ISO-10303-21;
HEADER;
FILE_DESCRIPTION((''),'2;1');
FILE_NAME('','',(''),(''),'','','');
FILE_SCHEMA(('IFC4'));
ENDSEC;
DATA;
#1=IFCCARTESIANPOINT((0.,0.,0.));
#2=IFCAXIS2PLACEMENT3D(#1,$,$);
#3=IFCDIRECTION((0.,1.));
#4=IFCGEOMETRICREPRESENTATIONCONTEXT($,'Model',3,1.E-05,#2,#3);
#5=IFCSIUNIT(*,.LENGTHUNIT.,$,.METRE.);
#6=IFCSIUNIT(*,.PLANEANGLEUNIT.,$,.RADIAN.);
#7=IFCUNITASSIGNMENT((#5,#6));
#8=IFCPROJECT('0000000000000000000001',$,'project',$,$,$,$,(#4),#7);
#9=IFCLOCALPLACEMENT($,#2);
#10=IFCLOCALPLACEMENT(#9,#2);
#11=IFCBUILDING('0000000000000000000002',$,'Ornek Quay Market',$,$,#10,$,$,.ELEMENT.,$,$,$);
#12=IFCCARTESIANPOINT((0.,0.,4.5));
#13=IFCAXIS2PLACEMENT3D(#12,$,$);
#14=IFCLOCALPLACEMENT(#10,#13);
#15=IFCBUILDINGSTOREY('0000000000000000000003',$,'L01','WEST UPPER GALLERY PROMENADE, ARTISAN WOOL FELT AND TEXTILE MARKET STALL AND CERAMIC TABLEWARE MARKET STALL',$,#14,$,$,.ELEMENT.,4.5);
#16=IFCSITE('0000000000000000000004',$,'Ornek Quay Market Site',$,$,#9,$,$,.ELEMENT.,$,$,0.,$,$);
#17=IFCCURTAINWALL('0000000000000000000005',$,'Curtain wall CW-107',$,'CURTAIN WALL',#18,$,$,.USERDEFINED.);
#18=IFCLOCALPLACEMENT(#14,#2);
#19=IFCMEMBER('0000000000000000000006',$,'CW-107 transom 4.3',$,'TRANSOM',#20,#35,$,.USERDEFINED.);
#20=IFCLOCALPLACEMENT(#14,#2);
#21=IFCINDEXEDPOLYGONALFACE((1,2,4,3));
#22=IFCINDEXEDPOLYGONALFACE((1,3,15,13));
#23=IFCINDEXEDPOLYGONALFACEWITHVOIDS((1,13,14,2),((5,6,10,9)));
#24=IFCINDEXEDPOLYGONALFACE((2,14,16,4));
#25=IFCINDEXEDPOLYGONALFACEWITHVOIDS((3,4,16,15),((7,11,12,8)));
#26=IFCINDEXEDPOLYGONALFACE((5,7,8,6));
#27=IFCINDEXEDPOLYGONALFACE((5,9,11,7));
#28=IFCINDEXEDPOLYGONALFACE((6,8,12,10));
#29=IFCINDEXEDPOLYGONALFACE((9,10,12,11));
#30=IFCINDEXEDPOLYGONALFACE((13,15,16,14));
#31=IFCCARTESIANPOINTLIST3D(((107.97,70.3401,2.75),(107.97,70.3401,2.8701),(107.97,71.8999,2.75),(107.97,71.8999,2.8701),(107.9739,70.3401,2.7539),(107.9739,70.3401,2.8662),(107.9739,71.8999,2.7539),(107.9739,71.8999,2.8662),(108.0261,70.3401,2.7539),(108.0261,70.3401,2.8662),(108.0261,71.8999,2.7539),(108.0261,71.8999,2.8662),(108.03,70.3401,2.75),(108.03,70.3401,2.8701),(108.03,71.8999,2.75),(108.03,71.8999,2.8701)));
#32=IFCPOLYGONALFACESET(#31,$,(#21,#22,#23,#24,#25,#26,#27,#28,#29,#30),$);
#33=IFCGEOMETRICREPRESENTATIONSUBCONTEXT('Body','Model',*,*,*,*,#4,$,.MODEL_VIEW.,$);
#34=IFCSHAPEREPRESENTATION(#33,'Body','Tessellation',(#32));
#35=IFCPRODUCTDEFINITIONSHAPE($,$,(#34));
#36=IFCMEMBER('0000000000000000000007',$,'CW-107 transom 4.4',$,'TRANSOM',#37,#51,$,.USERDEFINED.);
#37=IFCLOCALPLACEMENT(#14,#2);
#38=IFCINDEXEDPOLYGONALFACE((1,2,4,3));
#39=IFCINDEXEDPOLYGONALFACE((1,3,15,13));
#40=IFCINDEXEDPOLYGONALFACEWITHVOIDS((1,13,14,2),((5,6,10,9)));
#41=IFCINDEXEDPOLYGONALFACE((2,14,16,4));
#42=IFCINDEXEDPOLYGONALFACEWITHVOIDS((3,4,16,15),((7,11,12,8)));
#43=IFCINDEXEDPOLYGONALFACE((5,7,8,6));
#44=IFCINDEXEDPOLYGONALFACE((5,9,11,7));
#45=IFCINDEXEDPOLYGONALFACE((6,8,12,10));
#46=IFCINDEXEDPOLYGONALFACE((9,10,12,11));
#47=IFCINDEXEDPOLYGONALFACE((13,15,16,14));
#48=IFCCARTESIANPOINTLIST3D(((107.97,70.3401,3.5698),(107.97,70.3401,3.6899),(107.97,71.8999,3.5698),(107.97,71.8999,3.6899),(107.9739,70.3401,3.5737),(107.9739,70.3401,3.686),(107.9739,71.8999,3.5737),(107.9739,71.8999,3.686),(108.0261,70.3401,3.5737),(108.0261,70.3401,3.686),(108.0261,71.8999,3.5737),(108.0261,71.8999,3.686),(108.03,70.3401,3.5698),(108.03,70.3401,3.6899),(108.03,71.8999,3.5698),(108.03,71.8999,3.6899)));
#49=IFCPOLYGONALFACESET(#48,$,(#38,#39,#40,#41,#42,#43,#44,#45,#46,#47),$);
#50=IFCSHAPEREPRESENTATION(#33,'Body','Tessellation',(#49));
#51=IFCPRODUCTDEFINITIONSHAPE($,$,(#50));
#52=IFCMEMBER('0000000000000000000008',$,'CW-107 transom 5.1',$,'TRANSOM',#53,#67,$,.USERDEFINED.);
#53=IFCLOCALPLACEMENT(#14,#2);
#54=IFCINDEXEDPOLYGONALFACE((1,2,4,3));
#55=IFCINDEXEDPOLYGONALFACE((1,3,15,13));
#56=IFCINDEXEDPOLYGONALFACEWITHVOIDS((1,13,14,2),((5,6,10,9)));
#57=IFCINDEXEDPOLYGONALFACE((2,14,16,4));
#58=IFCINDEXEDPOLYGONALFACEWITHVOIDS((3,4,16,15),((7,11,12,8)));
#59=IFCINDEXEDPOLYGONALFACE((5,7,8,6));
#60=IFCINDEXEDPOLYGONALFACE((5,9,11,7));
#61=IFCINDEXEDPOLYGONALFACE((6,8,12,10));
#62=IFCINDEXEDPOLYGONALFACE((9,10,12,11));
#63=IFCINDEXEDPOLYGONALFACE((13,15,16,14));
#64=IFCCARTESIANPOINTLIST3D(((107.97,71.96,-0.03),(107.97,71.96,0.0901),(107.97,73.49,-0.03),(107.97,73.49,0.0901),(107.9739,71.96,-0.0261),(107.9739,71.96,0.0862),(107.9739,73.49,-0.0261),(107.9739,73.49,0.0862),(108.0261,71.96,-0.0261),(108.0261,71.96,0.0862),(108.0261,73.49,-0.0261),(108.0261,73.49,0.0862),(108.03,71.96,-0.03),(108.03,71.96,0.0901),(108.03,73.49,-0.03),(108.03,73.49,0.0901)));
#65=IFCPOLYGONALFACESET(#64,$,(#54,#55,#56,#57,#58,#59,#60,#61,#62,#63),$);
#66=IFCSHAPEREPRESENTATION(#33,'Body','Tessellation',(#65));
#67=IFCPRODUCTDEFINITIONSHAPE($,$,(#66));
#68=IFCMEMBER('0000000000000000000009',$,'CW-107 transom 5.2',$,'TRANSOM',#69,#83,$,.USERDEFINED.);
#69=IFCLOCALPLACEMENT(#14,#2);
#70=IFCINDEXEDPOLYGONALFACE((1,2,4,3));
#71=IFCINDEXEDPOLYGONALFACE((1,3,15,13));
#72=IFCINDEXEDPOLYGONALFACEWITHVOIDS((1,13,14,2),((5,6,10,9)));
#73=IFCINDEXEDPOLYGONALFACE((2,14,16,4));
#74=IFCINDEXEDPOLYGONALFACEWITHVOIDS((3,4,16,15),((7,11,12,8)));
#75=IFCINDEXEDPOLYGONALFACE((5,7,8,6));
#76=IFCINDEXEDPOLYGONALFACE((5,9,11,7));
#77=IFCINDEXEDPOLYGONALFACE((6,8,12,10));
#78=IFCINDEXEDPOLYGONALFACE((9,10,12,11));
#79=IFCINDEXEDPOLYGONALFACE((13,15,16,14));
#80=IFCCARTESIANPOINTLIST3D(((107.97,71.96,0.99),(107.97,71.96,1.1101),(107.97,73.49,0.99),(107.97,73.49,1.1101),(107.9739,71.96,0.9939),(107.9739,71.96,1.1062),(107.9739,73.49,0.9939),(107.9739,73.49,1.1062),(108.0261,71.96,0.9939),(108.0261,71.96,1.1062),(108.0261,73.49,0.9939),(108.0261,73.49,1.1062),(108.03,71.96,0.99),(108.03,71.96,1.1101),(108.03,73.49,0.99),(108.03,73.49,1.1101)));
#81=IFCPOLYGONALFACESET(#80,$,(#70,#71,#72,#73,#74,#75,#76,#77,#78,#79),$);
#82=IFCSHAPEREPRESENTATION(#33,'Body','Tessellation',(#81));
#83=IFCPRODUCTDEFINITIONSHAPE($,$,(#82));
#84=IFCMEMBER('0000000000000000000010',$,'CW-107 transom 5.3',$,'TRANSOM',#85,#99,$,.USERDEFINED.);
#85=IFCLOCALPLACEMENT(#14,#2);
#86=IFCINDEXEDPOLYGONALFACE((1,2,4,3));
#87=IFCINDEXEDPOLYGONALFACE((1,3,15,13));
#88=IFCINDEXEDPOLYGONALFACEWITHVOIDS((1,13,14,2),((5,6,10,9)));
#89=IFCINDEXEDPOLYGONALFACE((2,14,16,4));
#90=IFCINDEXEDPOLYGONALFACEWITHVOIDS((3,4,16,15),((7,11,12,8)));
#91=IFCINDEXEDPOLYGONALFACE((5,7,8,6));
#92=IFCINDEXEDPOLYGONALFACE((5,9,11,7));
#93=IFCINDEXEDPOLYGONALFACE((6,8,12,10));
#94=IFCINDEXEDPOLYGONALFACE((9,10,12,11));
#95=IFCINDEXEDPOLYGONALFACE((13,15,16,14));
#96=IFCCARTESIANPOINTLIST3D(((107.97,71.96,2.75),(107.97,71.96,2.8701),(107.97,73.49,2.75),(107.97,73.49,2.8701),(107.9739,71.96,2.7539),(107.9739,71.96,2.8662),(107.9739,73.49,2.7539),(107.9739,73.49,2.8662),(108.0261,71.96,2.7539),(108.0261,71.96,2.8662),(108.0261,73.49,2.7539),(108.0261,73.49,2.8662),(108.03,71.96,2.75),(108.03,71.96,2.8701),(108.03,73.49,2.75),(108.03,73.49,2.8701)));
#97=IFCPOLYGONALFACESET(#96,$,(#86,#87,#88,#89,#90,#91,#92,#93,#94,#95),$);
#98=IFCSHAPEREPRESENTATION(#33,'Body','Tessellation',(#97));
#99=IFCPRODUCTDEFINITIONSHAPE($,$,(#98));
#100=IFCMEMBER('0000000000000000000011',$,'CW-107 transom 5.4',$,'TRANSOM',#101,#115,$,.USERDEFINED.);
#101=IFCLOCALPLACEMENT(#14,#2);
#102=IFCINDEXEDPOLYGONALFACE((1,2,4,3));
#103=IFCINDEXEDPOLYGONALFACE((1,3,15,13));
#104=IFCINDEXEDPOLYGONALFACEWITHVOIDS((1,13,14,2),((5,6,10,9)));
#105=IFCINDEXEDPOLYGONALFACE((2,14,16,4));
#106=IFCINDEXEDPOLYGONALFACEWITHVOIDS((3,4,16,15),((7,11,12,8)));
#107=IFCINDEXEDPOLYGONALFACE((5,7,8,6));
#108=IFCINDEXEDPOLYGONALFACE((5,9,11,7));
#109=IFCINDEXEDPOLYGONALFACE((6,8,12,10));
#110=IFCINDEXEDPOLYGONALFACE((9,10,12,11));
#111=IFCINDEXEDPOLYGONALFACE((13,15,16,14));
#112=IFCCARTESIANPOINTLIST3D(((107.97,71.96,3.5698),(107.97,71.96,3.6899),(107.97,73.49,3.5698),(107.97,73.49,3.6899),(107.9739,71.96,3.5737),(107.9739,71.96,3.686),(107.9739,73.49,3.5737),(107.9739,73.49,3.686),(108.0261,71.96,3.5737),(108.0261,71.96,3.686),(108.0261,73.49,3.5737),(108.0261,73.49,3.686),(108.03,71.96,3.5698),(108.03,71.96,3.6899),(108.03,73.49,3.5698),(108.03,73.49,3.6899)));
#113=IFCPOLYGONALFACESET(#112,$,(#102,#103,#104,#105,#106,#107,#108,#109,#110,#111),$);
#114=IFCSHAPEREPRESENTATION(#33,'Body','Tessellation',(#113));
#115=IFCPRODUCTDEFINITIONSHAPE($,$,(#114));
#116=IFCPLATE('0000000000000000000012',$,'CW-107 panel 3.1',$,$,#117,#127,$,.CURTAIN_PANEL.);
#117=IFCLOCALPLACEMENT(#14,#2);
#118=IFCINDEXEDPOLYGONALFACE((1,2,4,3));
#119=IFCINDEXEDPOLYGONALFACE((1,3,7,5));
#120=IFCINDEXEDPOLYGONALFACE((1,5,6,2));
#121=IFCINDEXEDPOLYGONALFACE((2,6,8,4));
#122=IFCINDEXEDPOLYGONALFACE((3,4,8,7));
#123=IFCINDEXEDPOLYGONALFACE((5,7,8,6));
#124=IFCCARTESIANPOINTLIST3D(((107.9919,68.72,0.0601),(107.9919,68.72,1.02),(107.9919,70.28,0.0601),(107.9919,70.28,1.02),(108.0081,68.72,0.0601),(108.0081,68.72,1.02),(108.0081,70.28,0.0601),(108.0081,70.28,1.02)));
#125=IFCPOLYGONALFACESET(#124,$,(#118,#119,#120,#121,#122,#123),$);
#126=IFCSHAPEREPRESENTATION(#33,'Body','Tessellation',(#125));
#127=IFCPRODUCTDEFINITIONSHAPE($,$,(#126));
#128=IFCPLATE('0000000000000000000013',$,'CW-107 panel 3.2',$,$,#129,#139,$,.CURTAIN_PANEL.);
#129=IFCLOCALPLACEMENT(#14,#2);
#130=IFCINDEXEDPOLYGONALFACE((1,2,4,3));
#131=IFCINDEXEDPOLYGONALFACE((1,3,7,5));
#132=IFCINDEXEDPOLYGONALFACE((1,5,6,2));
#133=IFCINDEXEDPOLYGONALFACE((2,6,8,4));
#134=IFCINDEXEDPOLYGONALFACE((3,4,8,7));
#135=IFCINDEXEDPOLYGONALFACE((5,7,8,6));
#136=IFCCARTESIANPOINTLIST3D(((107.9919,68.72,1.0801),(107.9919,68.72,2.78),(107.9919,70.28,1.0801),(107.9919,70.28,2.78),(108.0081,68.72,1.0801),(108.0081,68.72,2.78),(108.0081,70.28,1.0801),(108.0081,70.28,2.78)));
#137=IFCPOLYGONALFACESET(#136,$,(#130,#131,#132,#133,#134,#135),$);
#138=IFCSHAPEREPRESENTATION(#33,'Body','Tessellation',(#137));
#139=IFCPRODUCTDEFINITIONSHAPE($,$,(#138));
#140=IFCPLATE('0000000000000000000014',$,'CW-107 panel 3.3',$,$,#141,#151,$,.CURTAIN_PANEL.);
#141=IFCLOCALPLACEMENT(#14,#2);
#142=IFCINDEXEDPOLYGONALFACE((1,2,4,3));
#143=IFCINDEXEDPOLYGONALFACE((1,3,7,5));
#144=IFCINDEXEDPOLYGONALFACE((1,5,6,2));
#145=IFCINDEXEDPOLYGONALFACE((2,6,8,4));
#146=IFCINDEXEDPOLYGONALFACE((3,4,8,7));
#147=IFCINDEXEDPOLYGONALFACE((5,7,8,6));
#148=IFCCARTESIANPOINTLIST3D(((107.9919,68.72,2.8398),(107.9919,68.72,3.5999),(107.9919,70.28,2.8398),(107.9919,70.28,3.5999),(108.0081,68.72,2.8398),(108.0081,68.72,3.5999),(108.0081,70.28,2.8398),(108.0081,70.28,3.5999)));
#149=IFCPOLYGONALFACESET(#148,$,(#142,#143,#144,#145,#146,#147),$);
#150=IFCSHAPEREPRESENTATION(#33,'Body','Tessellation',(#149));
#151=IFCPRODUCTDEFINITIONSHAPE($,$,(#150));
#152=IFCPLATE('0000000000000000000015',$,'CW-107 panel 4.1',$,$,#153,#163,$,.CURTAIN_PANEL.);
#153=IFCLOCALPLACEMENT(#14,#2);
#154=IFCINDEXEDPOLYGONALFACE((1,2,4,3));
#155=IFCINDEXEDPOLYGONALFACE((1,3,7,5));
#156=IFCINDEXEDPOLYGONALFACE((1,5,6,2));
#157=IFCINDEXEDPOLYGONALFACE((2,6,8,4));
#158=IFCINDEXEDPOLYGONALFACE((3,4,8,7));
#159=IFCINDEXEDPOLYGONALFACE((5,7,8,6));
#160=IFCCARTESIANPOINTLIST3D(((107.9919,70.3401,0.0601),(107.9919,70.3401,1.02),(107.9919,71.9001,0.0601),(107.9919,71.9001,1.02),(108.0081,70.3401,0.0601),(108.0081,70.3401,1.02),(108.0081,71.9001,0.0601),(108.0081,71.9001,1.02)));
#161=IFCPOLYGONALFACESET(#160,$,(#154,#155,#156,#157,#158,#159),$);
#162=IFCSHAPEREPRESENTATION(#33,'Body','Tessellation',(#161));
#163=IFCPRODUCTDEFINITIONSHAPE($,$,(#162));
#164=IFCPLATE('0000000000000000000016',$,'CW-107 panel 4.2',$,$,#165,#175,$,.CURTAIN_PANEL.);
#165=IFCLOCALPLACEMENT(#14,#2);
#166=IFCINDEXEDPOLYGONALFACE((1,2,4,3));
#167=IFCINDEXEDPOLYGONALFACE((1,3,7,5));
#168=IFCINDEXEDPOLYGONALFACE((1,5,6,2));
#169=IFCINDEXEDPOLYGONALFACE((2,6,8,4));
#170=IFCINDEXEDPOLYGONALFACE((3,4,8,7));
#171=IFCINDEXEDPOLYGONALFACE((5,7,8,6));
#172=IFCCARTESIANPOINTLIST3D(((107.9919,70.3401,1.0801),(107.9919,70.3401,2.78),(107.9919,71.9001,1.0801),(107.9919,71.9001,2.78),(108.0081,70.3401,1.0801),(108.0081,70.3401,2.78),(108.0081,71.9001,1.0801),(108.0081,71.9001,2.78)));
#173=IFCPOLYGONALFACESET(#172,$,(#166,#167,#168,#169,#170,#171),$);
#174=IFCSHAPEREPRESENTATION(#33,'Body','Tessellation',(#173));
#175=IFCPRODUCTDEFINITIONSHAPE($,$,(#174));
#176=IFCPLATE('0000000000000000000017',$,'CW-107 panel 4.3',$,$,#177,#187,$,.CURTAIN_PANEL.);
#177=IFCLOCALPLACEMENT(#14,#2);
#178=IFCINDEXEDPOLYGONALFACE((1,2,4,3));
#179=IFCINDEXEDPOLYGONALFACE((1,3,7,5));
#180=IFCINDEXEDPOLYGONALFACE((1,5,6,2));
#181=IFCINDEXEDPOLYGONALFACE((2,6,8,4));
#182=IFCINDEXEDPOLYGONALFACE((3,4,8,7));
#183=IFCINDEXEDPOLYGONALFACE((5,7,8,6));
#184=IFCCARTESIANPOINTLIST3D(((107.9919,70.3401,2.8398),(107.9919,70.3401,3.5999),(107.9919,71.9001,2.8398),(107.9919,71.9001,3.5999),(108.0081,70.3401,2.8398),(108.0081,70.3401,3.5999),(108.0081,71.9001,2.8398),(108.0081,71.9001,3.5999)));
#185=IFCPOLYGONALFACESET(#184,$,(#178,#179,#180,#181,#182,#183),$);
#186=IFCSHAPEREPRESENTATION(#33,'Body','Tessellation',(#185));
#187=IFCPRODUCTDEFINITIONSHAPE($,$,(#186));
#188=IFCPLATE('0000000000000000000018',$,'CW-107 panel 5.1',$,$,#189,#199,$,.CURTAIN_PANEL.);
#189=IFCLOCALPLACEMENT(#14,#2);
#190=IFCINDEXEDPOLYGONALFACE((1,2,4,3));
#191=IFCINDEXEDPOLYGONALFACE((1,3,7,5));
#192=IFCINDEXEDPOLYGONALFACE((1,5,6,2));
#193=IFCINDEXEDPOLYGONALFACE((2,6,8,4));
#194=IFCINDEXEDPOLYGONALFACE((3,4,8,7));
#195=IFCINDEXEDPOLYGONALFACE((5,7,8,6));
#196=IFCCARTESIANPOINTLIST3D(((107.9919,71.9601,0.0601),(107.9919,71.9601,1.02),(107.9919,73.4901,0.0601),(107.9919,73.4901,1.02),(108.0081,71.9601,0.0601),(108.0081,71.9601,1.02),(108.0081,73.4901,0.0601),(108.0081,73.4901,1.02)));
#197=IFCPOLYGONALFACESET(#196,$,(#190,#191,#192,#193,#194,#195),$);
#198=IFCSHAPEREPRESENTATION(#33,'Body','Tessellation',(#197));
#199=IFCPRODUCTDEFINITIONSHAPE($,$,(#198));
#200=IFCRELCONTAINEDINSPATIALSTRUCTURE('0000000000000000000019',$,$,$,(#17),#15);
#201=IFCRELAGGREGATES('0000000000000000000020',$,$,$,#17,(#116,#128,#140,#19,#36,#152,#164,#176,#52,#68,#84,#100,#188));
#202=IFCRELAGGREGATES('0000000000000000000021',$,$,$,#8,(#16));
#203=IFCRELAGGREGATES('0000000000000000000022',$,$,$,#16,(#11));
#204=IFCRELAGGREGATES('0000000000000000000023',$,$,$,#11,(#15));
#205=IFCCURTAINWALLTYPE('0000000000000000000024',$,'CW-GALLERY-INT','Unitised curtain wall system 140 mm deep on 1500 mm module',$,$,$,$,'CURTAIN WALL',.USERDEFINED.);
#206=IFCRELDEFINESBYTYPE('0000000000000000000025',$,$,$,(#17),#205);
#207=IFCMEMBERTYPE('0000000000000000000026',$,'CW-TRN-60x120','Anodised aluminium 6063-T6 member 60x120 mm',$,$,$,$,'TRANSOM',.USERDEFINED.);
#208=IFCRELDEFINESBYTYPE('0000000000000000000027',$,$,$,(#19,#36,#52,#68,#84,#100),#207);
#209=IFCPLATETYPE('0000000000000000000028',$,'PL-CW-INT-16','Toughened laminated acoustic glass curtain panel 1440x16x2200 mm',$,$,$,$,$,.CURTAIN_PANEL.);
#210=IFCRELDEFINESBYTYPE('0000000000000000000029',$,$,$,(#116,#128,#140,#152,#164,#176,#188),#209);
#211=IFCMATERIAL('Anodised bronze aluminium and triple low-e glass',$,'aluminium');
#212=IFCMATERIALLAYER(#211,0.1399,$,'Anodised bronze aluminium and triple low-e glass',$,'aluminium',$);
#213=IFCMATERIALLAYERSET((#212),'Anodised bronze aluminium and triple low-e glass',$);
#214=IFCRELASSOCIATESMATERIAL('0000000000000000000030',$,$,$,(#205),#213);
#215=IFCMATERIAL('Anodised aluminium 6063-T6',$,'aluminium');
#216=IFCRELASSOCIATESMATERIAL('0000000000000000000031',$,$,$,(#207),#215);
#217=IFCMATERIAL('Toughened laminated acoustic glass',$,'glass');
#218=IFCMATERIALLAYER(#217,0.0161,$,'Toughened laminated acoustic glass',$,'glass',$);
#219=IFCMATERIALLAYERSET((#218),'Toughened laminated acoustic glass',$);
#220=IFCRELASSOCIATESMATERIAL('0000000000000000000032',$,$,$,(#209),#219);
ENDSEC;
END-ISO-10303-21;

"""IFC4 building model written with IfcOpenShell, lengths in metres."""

from ifc_helpers import new_model, si_unit, direction, frame, origin, origin_2d, place, context, subcontext, project, spatial, rectangle, hollow_rectangle, extrude, material, layer, layer_set, material_profile, profile_set, type_object, element, aggregate, save


model = new_model("IFC4")

# Units and contexts
model_context = context("Model", 3, precision=1e-05, world=origin(), true_north=direction((0.0, 1.0)))
body_context = subcontext(model_context, "Body", "Model", "MODEL_VIEW")
ifc_project = project(units=[si_unit("LENGTHUNIT", "METRE"), si_unit("PLANEANGLEUNIT", "RADIAN")], contexts=[model_context])

# Site, building, storey
site_placement = place(None, origin())
site = spatial("IfcSite", under=ifc_project, at=site_placement, Name="Ornek Quay Market Site", CompositionType="ELEMENT", RefElevation=0.0)
building_placement = place(site_placement, origin())
building = spatial("IfcBuilding", under=site, at=building_placement, Name="Ornek Quay Market", CompositionType="ELEMENT")
storey_placement = place(building_placement, frame((0.0, 0.0, 4.5)))
storey = spatial("IfcBuildingStorey", under=building, at=storey_placement, Name="L01", Description="WEST UPPER GALLERY PROMENADE, ARTISAN WOOL FELT AND TEXTILE MARKET STALL AND CERAMIC TABLEWARE MARKET STALL", CompositionType="ELEMENT", Elevation=4.5)

# Curtain wall, members, plates
ifc_material_1 = material(Name="Anodised bronze aluminium and triple low-e glass", Category="aluminium")
ifc_layer_1 = layer(ifc_material_1, 0.1399, Name="Anodised bronze aluminium and triple low-e glass", Category="aluminium")
ifc_layer_set_1 = layer_set([ifc_layer_1], Name="Anodised bronze aluminium and triple low-e glass")
curtain_wall_type = type_object("IfcCurtainWallType", Name="CW-GALLERY-INT", Description="Unitised curtain wall system 140 mm deep on 1500 mm module", ElementType="CURTAIN WALL", PredefinedType="USERDEFINED", material=ifc_layer_set_1)
curtain_wall_placement = place(storey_placement, origin())
curtain_wall = element("IfcCurtainWall", 1, at=curtain_wall_placement, inside=storey, type_object=curtain_wall_type, Name="Curtain wall CW-107", ObjectType="CURTAIN WALL", PredefinedType="USERDEFINED")
ifc_material_2 = material(Name="Anodised aluminium 6063-T6", Category="aluminium")
ifc_material_profile_1 = material_profile(ifc_material_2, hollow_rectangle(XDim=0.0601, YDim=0.1201, WallThickness=0.0039, at=origin_2d()), Name="CW-TRN-60x120", Category="aluminium")
ifc_profile_set_1 = profile_set([ifc_material_profile_1], Name="Anodised aluminium 6063-T6")
member_type_1 = type_object("IfcMemberType", Name="CW-TRN-60x120", Description="Anodised aluminium 6063-T6 member 60x120 mm", ElementType="TRANSOM", PredefinedType="USERDEFINED", material=ifc_profile_set_1)
member_1_placement = place(storey_placement, frame((108.0, 70.3401, 2.8101), z_axis=(0.0, 1.0, 0.0), x_axis=(-1.0, 0.0, 0.0)))
member_1 = element("IfcMember", 2, at=member_1_placement, type_object=member_type_1, Name="CW-107 transom 4.3", ObjectType="TRANSOM", PredefinedType="USERDEFINED", context=body_context, shape_type="SweptSolid", body=[
    extrude(hollow_rectangle(XDim=0.0601, YDim=0.1201, WallThickness=0.0039, at=origin_2d()), origin(), (0.0, 0.0, 1.0), 1.5598),
])
member_2_placement = place(storey_placement, frame((108.0, 70.3401, 3.6299), z_axis=(0.0, 1.0, 0.0), x_axis=(-1.0, 0.0, 0.0)))
member_2 = element("IfcMember", 3, at=member_2_placement, type_object=member_type_1, Name="CW-107 transom 4.4", ObjectType="TRANSOM", PredefinedType="USERDEFINED", context=body_context, shape_type="SweptSolid", body=[
    extrude(hollow_rectangle(XDim=0.0601, YDim=0.1201, WallThickness=0.0039, at=origin_2d()), origin(), (0.0, 0.0, 1.0), 1.5598),
])
member_3_placement = place(storey_placement, frame((108.0, 71.96, 0.03), z_axis=(0.0, 1.0, 0.0), x_axis=(-1.0, 0.0, 0.0)))
member_3 = element("IfcMember", 4, at=member_3_placement, type_object=member_type_1, Name="CW-107 transom 5.1", ObjectType="TRANSOM", PredefinedType="USERDEFINED", context=body_context, shape_type="SweptSolid", body=[
    extrude(hollow_rectangle(XDim=0.0601, YDim=0.1201, WallThickness=0.0039, at=origin_2d()), origin(), (0.0, 0.0, 1.0), 1.53),
])
member_4_placement = place(storey_placement, frame((108.0, 71.96, 1.05), z_axis=(0.0, 1.0, 0.0), x_axis=(-1.0, 0.0, 0.0)))
member_4 = element("IfcMember", 5, at=member_4_placement, type_object=member_type_1, Name="CW-107 transom 5.2", ObjectType="TRANSOM", PredefinedType="USERDEFINED", context=body_context, shape_type="SweptSolid", body=[
    extrude(hollow_rectangle(XDim=0.0601, YDim=0.1201, WallThickness=0.0039, at=origin_2d()), origin(), (0.0, 0.0, 1.0), 1.53),
])
member_5_placement = place(storey_placement, frame((108.0, 71.96, 2.8101), z_axis=(0.0, 1.0, 0.0), x_axis=(-1.0, 0.0, 0.0)))
member_5 = element("IfcMember", 6, at=member_5_placement, type_object=member_type_1, Name="CW-107 transom 5.3", ObjectType="TRANSOM", PredefinedType="USERDEFINED", context=body_context, shape_type="SweptSolid", body=[
    extrude(hollow_rectangle(XDim=0.0601, YDim=0.1201, WallThickness=0.0039, at=origin_2d()), origin(), (0.0, 0.0, 1.0), 1.53),
])
member_6_placement = place(storey_placement, frame((108.0, 71.96, 3.6299), z_axis=(0.0, 1.0, 0.0), x_axis=(-1.0, 0.0, 0.0)))
member_6 = element("IfcMember", 7, at=member_6_placement, type_object=member_type_1, Name="CW-107 transom 5.4", ObjectType="TRANSOM", PredefinedType="USERDEFINED", context=body_context, shape_type="SweptSolid", body=[
    extrude(hollow_rectangle(XDim=0.0601, YDim=0.1201, WallThickness=0.0039, at=origin_2d()), origin(), (0.0, 0.0, 1.0), 1.53),
])
ifc_material_3 = material(Name="Toughened laminated acoustic glass", Category="glass")
ifc_layer_2 = layer(ifc_material_3, 0.0161, Name="Toughened laminated acoustic glass", Category="glass")
ifc_layer_set_2 = layer_set([ifc_layer_2], Name="Toughened laminated acoustic glass")
plate_type = type_object("IfcPlateType", Name="PL-CW-INT-16", Description="Toughened laminated acoustic glass curtain panel 1440x16x2200 mm", PredefinedType="CURTAIN_PANEL", material=ifc_layer_set_2)
plate_1_placement = place(storey_placement, frame((108.0, 69.5, 0.0601), z_axis=(0.0, 0.0, 1.0), x_axis=(0.0, 1.0, 0.0)))
plate_1 = element("IfcPlate", 8, at=plate_1_placement, type_object=plate_type, Name="CW-107 panel 3.1", PredefinedType="CURTAIN_PANEL", context=body_context, shape_type="SweptSolid", body=[
    extrude(rectangle(XDim=1.5601, YDim=0.0161, at=origin_2d()), origin(), (0.0, 0.0, 1.0), 0.96),
])
plate_2_placement = place(storey_placement, frame((108.0, 69.5, 1.0801), z_axis=(0.0, 0.0, 1.0), x_axis=(0.0, 1.0, 0.0)))
plate_2 = element("IfcPlate", 9, at=plate_2_placement, type_object=plate_type, Name="CW-107 panel 3.2", PredefinedType="CURTAIN_PANEL", context=body_context, shape_type="SweptSolid", body=[
    extrude(rectangle(XDim=1.5601, YDim=0.0161, at=origin_2d()), origin(), (0.0, 0.0, 1.0), 1.7),
])
plate_3_placement = place(storey_placement, frame((108.0, 69.5, 2.8398), z_axis=(0.0, 0.0, 1.0), x_axis=(0.0, 1.0, 0.0)))
plate_3 = element("IfcPlate", 10, at=plate_3_placement, type_object=plate_type, Name="CW-107 panel 3.3", PredefinedType="CURTAIN_PANEL", context=body_context, shape_type="SweptSolid", body=[
    extrude(rectangle(XDim=1.5601, YDim=0.0161, at=origin_2d()), origin(), (0.0, 0.0, 1.0), 0.76),
])
plate_4_placement = place(storey_placement, frame((108.0, 71.1201, 0.0601), z_axis=(0.0, 0.0, 1.0), x_axis=(0.0, 1.0, 0.0)))
plate_4 = element("IfcPlate", 11, at=plate_4_placement, type_object=plate_type, Name="CW-107 panel 4.1", PredefinedType="CURTAIN_PANEL", context=body_context, shape_type="SweptSolid", body=[
    extrude(rectangle(XDim=1.5601, YDim=0.0161, at=origin_2d()), origin(), (0.0, 0.0, 1.0), 0.96),
])
plate_5_placement = place(storey_placement, frame((108.0, 71.1201, 1.0801), z_axis=(0.0, 0.0, 1.0), x_axis=(0.0, 1.0, 0.0)))
plate_5 = element("IfcPlate", 12, at=plate_5_placement, type_object=plate_type, Name="CW-107 panel 4.2", PredefinedType="CURTAIN_PANEL", context=body_context, shape_type="SweptSolid", body=[
    extrude(rectangle(XDim=1.5601, YDim=0.0161, at=origin_2d()), origin(), (0.0, 0.0, 1.0), 1.7),
])
plate_6_placement = place(storey_placement, frame((108.0, 71.1201, 2.8398), z_axis=(0.0, 0.0, 1.0), x_axis=(0.0, 1.0, 0.0)))
plate_6 = element("IfcPlate", 13, at=plate_6_placement, type_object=plate_type, Name="CW-107 panel 4.3", PredefinedType="CURTAIN_PANEL", context=body_context, shape_type="SweptSolid", body=[
    extrude(rectangle(XDim=1.5601, YDim=0.0161, at=origin_2d()), origin(), (0.0, 0.0, 1.0), 0.76),
])
plate_7_placement = place(storey_placement, frame((108.0, 72.7251, 0.0601), z_axis=(0.0, 0.0, 1.0), x_axis=(0.0, 1.0, 0.0)))
plate_7 = element("IfcPlate", 14, at=plate_7_placement, type_object=plate_type, Name="CW-107 panel 5.1", PredefinedType="CURTAIN_PANEL", context=body_context, shape_type="SweptSolid", body=[
    extrude(rectangle(XDim=1.53, YDim=0.0161, at=origin_2d()), origin(), (0.0, 0.0, 1.0), 0.96),
])
aggregate(curtain_wall, [plate_1, plate_2, plate_3, member_1, member_2, plate_4, plate_5, plate_6, member_3, member_4, member_5, member_6, plate_7])

save(model, "model.ifc")
